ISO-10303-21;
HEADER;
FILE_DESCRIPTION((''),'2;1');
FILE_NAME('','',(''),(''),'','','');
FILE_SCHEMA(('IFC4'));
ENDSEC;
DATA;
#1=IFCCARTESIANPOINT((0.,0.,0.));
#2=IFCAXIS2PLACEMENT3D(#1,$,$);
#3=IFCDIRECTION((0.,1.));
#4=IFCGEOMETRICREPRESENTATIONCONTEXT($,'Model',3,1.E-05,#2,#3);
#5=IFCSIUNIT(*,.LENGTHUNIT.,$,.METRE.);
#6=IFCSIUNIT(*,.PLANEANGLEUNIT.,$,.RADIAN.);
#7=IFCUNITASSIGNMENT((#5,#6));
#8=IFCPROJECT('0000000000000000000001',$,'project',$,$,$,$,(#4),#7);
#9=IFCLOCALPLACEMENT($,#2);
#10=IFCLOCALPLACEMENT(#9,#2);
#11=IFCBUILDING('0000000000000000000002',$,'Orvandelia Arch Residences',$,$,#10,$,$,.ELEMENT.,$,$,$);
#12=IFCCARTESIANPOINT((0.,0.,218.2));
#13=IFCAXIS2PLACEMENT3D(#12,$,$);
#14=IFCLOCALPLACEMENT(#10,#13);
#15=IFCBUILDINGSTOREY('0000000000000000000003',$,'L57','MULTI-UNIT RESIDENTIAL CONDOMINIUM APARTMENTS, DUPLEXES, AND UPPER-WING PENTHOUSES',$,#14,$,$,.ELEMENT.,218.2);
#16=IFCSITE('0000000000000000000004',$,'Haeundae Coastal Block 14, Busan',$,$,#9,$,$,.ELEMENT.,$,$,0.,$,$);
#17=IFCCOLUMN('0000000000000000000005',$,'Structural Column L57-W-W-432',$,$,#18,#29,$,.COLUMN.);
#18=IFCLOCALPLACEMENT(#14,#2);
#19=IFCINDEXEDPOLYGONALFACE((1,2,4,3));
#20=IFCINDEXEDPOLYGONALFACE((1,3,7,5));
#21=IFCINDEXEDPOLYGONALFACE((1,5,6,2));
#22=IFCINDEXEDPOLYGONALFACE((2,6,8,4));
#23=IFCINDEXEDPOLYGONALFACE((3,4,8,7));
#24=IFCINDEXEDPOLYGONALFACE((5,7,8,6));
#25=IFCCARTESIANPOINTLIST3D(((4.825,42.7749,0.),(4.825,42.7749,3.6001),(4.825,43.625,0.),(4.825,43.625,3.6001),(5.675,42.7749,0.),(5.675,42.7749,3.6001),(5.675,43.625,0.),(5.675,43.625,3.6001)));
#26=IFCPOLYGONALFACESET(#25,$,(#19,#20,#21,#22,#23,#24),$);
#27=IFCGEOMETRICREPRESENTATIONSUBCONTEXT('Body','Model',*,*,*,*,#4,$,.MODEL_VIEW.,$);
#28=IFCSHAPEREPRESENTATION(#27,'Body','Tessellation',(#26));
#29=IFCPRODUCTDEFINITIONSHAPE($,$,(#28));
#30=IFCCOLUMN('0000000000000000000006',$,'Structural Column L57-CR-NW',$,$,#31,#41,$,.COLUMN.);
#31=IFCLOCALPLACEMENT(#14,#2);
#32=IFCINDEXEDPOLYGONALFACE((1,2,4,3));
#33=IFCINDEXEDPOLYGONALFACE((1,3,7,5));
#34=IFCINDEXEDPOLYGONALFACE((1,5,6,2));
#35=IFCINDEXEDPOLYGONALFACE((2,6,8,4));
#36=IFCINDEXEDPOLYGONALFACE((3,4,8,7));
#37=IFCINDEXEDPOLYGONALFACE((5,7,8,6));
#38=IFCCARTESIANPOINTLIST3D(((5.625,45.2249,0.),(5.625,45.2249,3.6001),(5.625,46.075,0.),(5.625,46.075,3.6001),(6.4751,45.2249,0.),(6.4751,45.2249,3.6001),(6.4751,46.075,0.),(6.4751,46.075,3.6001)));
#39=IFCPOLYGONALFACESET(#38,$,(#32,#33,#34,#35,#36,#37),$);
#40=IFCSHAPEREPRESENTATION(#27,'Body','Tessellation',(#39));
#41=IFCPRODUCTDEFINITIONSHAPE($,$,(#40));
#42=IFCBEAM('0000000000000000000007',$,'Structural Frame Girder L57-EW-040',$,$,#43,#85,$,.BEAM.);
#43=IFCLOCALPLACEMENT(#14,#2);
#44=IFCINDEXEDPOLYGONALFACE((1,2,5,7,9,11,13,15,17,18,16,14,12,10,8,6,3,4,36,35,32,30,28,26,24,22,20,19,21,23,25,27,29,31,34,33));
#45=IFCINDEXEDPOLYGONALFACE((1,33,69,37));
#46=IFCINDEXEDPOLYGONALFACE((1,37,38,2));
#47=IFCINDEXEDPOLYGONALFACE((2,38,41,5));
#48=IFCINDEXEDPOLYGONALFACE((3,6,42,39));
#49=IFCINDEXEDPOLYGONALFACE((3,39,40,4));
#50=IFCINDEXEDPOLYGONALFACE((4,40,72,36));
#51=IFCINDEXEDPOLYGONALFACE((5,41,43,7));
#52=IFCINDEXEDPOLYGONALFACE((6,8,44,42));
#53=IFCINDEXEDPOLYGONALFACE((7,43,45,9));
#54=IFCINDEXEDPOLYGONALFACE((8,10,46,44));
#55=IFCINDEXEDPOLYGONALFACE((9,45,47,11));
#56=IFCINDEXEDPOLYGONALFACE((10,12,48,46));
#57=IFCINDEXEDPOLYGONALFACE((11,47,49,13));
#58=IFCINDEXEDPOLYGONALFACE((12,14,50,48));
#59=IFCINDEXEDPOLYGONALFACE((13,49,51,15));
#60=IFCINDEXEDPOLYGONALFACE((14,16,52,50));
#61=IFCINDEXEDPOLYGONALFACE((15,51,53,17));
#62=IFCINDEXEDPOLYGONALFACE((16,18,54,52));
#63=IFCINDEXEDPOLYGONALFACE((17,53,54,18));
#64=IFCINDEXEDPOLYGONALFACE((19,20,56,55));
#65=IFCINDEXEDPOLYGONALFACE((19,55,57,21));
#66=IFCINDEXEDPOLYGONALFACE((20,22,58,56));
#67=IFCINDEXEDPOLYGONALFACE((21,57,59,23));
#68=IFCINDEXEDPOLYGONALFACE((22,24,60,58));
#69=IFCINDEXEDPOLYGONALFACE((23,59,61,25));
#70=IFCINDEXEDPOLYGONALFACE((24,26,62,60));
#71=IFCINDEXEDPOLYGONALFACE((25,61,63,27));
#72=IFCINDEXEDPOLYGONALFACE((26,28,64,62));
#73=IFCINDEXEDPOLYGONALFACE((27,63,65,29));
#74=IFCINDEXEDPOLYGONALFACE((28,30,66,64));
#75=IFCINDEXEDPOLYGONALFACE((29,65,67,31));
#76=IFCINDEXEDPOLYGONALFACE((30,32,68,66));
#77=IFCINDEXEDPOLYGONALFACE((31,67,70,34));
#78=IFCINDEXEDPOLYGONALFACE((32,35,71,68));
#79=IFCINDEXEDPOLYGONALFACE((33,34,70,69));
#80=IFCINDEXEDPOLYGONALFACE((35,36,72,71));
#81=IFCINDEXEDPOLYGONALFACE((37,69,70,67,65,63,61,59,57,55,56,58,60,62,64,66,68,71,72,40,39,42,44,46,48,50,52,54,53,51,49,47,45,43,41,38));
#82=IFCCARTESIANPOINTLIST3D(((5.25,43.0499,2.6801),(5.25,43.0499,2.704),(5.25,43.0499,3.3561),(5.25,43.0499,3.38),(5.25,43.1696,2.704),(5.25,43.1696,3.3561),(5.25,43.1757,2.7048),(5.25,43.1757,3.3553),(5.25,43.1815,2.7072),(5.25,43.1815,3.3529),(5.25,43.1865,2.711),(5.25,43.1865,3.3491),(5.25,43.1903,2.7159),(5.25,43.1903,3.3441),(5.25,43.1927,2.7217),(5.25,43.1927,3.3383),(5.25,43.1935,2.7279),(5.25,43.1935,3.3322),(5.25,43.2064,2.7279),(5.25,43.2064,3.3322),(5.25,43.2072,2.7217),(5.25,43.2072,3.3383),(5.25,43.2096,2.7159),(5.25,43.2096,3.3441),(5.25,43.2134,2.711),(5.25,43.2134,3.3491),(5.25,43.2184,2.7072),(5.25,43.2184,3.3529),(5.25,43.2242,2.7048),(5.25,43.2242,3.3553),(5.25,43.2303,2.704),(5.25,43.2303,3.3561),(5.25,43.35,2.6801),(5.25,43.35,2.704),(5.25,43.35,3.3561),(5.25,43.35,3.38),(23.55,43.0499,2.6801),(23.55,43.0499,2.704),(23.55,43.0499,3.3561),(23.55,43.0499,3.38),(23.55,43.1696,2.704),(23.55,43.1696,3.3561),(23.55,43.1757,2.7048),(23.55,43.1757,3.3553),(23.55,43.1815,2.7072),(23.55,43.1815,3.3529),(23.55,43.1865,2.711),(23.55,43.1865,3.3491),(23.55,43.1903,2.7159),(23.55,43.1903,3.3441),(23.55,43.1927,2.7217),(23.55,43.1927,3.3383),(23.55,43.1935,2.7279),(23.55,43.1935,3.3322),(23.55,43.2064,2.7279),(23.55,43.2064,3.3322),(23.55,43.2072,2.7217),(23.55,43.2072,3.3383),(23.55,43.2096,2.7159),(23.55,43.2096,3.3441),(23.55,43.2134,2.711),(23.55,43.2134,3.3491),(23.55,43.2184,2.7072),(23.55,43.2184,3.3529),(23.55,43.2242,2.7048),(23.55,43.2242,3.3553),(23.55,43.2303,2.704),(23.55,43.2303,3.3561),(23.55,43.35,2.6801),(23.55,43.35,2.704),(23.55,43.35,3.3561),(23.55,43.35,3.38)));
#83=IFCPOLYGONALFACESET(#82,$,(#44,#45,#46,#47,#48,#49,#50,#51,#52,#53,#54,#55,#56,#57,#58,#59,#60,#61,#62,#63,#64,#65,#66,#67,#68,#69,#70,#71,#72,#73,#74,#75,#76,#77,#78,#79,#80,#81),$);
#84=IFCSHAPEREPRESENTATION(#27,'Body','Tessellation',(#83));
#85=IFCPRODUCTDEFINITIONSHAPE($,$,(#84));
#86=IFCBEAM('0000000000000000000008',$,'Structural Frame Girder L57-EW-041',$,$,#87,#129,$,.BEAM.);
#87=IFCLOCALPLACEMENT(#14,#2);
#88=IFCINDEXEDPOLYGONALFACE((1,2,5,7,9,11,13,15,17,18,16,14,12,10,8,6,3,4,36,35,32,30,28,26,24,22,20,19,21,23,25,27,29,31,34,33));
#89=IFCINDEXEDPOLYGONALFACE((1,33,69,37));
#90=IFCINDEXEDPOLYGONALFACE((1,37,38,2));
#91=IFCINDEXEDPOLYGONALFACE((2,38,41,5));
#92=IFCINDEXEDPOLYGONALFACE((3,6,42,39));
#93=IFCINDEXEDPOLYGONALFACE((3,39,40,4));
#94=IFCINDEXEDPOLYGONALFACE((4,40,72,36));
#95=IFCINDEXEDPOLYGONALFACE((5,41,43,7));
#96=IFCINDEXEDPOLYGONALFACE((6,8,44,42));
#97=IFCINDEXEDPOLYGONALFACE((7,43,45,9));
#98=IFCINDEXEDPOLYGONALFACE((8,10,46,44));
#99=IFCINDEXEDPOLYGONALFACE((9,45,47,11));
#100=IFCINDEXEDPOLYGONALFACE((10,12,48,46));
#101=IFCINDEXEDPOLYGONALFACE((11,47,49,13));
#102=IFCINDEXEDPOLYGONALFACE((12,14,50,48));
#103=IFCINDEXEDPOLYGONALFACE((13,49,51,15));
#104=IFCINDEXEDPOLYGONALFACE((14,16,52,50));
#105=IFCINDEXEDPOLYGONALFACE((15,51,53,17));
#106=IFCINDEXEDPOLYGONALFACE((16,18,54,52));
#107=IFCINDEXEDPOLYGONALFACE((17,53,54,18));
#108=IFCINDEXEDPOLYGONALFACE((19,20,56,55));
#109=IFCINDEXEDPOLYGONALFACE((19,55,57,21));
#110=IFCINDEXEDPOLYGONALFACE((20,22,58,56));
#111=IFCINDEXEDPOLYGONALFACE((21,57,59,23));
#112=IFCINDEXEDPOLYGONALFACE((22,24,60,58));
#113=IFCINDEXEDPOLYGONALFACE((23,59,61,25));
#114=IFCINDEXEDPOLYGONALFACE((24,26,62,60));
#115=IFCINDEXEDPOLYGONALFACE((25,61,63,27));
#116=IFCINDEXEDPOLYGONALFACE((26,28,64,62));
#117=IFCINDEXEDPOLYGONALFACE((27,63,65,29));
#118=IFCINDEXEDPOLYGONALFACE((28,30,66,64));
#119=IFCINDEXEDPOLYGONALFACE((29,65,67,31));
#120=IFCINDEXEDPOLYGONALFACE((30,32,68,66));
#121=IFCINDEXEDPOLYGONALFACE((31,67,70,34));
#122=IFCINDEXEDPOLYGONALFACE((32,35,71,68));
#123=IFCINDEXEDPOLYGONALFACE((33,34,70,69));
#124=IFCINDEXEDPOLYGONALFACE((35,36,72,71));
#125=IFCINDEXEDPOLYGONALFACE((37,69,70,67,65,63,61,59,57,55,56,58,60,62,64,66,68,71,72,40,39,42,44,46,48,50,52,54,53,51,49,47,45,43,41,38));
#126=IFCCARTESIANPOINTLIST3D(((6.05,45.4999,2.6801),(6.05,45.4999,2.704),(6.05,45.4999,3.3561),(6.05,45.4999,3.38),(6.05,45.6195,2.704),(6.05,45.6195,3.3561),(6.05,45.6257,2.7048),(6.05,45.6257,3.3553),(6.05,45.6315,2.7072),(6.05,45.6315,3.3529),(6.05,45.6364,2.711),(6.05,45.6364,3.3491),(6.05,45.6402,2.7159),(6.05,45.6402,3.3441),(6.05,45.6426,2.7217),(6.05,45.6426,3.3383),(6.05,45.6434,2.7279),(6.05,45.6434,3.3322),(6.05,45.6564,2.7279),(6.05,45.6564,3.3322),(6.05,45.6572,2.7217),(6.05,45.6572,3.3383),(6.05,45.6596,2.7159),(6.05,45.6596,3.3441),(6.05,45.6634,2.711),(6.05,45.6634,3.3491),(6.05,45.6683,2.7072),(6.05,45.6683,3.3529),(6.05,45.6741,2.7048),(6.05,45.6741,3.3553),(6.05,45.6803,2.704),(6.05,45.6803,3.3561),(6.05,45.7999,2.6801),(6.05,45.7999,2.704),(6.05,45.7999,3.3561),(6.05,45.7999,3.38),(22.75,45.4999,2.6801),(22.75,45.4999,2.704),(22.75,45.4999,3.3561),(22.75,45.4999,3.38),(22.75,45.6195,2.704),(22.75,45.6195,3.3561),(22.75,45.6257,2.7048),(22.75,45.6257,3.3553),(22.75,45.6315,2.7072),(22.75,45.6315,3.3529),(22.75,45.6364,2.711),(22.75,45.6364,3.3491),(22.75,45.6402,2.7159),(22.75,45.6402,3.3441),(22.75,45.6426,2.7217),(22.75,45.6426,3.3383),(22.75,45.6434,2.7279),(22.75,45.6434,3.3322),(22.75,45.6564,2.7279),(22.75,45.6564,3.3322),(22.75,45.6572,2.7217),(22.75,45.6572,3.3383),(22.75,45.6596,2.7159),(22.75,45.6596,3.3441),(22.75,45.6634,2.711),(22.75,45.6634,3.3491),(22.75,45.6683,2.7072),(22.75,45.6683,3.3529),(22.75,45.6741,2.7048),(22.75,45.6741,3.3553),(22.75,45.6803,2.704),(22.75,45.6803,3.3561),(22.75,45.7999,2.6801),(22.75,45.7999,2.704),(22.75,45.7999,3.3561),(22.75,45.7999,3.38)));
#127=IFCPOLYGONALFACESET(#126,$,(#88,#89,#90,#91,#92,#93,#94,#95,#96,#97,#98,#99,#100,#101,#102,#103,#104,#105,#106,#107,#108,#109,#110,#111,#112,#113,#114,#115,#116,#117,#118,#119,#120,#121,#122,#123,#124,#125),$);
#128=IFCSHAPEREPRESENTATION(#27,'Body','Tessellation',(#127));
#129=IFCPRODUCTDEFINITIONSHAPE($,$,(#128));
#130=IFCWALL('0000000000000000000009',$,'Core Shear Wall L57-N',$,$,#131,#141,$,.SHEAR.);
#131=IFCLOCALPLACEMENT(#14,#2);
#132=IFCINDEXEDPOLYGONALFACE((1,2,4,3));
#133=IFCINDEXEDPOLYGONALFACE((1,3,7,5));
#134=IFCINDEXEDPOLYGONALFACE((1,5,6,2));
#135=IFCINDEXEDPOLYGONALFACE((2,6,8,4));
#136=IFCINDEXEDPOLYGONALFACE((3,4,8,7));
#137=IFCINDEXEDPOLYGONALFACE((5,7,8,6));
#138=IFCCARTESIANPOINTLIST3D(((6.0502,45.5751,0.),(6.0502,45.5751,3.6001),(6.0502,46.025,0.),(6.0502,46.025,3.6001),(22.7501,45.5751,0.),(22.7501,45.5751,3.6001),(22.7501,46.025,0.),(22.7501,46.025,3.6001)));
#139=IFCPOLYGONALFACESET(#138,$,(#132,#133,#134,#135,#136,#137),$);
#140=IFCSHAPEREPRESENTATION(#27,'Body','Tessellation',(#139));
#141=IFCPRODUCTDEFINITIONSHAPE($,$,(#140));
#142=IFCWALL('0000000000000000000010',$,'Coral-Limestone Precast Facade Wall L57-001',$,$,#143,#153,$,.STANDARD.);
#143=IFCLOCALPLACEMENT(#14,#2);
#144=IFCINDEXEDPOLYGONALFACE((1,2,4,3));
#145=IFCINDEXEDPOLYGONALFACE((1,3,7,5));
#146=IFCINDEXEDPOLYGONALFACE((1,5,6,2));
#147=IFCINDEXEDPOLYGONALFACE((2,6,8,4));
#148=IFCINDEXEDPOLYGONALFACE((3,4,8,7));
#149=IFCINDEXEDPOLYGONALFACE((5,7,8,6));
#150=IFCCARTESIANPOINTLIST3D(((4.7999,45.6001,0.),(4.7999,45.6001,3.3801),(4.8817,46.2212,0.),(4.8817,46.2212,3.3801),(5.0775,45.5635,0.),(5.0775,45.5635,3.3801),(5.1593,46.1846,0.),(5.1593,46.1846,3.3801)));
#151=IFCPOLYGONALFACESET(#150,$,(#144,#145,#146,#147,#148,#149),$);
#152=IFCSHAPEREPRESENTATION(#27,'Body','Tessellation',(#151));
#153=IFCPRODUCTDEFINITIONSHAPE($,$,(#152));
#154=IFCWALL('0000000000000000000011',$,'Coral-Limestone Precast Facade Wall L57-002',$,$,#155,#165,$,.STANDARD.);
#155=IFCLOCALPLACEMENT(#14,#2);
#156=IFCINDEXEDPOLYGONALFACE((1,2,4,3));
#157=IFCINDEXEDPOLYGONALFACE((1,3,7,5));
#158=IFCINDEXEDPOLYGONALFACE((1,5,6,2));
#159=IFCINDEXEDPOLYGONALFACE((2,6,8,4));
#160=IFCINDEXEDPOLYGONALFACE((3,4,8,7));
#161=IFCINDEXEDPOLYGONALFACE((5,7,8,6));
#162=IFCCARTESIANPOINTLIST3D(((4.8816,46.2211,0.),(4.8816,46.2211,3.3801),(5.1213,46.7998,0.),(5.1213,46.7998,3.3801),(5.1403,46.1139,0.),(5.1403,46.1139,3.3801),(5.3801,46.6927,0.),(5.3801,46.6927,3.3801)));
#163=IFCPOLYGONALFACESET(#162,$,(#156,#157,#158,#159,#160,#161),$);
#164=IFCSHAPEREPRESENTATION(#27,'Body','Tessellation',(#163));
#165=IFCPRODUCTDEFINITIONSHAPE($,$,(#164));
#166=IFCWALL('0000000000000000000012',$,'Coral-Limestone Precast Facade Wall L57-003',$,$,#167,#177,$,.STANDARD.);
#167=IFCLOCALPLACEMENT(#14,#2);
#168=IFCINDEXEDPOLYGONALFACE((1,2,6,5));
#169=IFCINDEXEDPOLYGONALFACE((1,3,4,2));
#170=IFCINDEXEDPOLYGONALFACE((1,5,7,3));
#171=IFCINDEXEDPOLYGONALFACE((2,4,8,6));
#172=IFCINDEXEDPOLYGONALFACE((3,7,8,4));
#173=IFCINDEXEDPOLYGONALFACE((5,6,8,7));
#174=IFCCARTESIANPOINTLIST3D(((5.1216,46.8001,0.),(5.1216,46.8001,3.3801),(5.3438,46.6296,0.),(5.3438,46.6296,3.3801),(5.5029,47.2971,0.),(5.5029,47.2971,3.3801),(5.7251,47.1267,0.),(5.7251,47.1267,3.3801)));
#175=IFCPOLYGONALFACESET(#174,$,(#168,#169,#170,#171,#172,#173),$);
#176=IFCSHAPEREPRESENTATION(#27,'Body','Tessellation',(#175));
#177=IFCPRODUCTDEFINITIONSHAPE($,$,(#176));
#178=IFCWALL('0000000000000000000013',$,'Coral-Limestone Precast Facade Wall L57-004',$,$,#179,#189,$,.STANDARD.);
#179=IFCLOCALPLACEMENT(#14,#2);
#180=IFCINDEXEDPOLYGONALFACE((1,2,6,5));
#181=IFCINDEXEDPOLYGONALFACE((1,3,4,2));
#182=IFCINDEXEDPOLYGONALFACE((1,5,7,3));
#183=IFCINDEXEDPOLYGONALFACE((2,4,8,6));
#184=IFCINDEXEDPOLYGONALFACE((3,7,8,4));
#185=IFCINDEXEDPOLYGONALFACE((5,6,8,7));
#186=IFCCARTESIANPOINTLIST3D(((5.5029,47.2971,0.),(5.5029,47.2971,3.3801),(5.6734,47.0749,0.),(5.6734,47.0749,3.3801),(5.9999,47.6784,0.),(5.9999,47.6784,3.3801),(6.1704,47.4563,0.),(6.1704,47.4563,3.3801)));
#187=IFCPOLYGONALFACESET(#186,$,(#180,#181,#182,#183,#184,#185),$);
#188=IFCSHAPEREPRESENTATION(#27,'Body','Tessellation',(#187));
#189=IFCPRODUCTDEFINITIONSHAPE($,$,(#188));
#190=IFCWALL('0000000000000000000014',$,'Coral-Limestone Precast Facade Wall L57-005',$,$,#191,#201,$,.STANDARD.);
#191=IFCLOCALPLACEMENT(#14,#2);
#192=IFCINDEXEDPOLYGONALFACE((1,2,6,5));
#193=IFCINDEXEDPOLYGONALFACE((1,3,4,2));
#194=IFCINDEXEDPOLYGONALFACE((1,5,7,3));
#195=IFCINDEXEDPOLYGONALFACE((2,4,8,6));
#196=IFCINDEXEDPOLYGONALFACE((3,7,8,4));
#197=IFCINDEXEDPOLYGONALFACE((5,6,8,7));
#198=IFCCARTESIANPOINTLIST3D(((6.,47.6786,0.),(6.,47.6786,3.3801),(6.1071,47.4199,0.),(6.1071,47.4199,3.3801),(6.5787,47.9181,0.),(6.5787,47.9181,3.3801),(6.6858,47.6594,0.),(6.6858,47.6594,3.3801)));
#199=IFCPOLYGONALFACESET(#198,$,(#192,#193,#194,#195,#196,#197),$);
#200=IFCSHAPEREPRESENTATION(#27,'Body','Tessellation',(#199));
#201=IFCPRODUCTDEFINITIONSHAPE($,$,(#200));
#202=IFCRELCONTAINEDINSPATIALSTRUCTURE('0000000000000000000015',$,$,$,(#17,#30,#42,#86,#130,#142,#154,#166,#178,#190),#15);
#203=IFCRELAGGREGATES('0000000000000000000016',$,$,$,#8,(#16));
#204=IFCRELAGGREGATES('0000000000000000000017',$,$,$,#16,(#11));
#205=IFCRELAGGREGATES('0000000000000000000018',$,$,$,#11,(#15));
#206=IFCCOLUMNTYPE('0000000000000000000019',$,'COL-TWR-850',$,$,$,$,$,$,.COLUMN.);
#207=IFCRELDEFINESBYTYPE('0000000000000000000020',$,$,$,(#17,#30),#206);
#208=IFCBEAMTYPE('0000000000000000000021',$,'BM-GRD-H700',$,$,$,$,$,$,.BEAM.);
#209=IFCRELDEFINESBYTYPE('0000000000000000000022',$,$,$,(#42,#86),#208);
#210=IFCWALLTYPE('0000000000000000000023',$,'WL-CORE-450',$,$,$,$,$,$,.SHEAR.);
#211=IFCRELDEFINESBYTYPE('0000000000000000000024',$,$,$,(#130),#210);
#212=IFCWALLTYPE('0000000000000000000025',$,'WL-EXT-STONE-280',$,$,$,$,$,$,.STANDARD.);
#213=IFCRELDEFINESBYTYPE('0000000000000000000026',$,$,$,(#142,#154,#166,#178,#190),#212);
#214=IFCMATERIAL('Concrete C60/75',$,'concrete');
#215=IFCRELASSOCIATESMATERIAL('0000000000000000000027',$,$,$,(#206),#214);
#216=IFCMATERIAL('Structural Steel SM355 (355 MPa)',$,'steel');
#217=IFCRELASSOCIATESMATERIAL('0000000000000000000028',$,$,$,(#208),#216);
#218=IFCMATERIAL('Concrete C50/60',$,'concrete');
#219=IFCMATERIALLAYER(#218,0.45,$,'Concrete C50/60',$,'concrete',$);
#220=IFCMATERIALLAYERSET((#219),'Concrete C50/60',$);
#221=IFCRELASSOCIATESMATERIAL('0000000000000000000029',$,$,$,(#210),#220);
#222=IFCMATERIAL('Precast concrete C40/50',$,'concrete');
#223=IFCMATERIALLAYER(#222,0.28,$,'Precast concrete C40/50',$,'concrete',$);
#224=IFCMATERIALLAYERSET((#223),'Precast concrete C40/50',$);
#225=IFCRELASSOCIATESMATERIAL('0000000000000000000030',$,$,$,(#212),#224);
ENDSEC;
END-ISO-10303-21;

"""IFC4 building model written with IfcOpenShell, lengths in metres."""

from ifc_helpers import new_model, si_unit, direction, frame, frame_2d, origin, origin_2d, place, context, subcontext, project, spatial, rectangle, i_section, extrude, material, layer, layer_set, material_profile, profile_set, type_object, element, save


model = new_model("IFC4")

# Units and contexts
model_context = context("Model", 3, precision=1e-05, world=origin(), true_north=direction((0.0, 1.0)))
body_context = subcontext(model_context, "Body", "Model", "MODEL_VIEW")
ifc_project = project(units=[si_unit("LENGTHUNIT", "METRE"), si_unit("PLANEANGLEUNIT", "RADIAN")], contexts=[model_context])

# Site, building, storey
site_placement = place(None, origin())
site = spatial("IfcSite", under=ifc_project, at=site_placement, Name="Haeundae Coastal Block 14, Busan", CompositionType="ELEMENT", RefElevation=0.0)
building_placement = place(site_placement, origin())
building = spatial("IfcBuilding", under=site, at=building_placement, Name="Orvandelia Arch Residences", CompositionType="ELEMENT")
storey_placement = place(building_placement, frame((0.0, 0.0, 218.2)))
storey = spatial("IfcBuildingStorey", under=building, at=storey_placement, Name="L57", Description="MULTI-UNIT RESIDENTIAL CONDOMINIUM APARTMENTS, DUPLEXES, AND UPPER-WING PENTHOUSES", CompositionType="ELEMENT", Elevation=218.2)

# Columns
ifc_material_1 = material(Name="Concrete C60/75", Category="concrete")
ifc_material_profile_1 = material_profile(ifc_material_1, rectangle(XDim=0.8501, YDim=0.8501, at=origin_2d()), Name="Concrete C60/75", Category="concrete")
ifc_profile_set_1 = profile_set([ifc_material_profile_1], Name="Concrete C60/75")
column_type = type_object("IfcColumnType", Name="COL-TWR-850", PredefinedType="COLUMN", material=ifc_profile_set_1)
for number, where, z_axis, x_axis, name in (
    (1, (5.25, 43.2, 0.0), (0.0, 0.0, 1.0), (1.0, 0.0, 0.0), "Structural Column L57-W-W-432"),
    (2, (6.05, 45.6499, 0.0), (0.0, 0.0, 1.0), (1.0, 0.0, 0.0), "Structural Column L57-CR-NW"),
):
    element("IfcColumn", number, at=place(storey_placement, frame(where, z_axis=z_axis, x_axis=x_axis)), inside=storey, type_object=column_type, Name=name, PredefinedType="COLUMN", context=body_context, shape_type="SweptSolid", body=[
        extrude(rectangle(XDim=0.8501, YDim=0.8501, at=origin_2d()), origin(), (0.0, 0.0, 1.0), 3.6001),
    ])

# Beams
ifc_material_2 = material(Name="Structural Steel SM355 (355 MPa)", Category="steel")
ifc_material_profile_2 = material_profile(ifc_material_2, i_section(OverallWidth=0.3, OverallDepth=0.7, WebThickness=0.0129, FlangeThickness=0.0239, FilletRadius=0.0239, at=origin_2d()), Name="Structural Steel SM355 (355 MPa)", Category="steel")
ifc_profile_set_2 = profile_set([ifc_material_profile_2], Name="Structural Steel SM355 (355 MPa)")
beam_type = type_object("IfcBeamType", Name="BM-GRD-H700", PredefinedType="BEAM", material=ifc_profile_set_2)
beam_1_placement = place(storey_placement, frame((5.25, 43.2, 3.03), z_axis=(1.0, 0.0, 0.0), x_axis=(0.0, 1.0, 0.0)))
element("IfcBeam", 3, at=beam_1_placement, inside=storey, type_object=beam_type, Name="Structural Frame Girder L57-EW-040", PredefinedType="BEAM", context=body_context, shape_type="SweptSolid", body=[
    extrude(i_section(OverallWidth=0.3, OverallDepth=0.7, WebThickness=0.0129, FlangeThickness=0.0239, FilletRadius=0.0239, at=origin_2d()), origin(), (0.0, 0.0, 1.0), 18.3),
])
beam_2_placement = place(storey_placement, frame((6.05, 45.6499, 3.03), z_axis=(1.0, 0.0, 0.0), x_axis=(0.0, 1.0, 0.0)))
element("IfcBeam", 4, at=beam_2_placement, inside=storey, type_object=beam_type, Name="Structural Frame Girder L57-EW-041", PredefinedType="BEAM", context=body_context, shape_type="SweptSolid", body=[
    extrude(i_section(OverallWidth=0.3, OverallDepth=0.7, WebThickness=0.0129, FlangeThickness=0.0239, FilletRadius=0.0239, at=origin_2d()), origin(), (0.0, 0.0, 1.0), 16.7),
])

# Walls
ifc_material_3 = material(Name="Concrete C50/60", Category="concrete")
ifc_layer_1 = layer(ifc_material_3, 0.45, Name="Concrete C50/60", Category="concrete")
ifc_layer_set_1 = layer_set([ifc_layer_1], Name="Concrete C50/60")
wall_type_1 = type_object("IfcWallType", Name="WL-CORE-450", PredefinedType="SHEAR", material=ifc_layer_set_1)
wall_1_placement = place(storey_placement, frame((6.05, 45.8, 0.0), z_axis=(0.0, 0.0, 1.0), x_axis=(1.0, 0.0, 0.0)))
element("IfcWall", 5, at=wall_1_placement, inside=storey, type_object=wall_type_1, Name="Core Shear Wall L57-N", PredefinedType="SHEAR", context=body_context, shape_type="SweptSolid", body=[
    extrude(rectangle(XDim=16.7, YDim=0.45, at=frame_2d((8.3501, 0.0))), origin(), (0.0, 0.0, 1.0), 3.6001),
])
ifc_material_4 = material(Name="Precast concrete C40/50", Category="concrete")
ifc_layer_2 = layer(ifc_material_4, 0.28, Name="Precast concrete C40/50", Category="concrete")
ifc_layer_set_2 = layer_set([ifc_layer_2], Name="Precast concrete C40/50")
wall_type_2 = type_object("IfcWallType", Name="WL-EXT-STONE-280", PredefinedType="STANDARD", material=ifc_layer_set_2)
for number, where, z_axis, x_axis, name in (
    (6, (4.9387, 45.5818, 0.0), (0.0, 0.0, 1.0), (0.130555, 0.991441, 0.0), "Coral-Limestone Precast Facade Wall L57-001"),
    (7, (5.011, 46.1675, 0.0), (0.0, 0.0, 1.0), (0.38265, 0.923893, 0.0), "Coral-Limestone Precast Facade Wall L57-002"),
    (8, (5.2327, 46.7148, 0.0), (0.0, 0.0, 1.0), (0.608693, 0.793406, 0.0), "Coral-Limestone Precast Facade Wall L57-003"),
    (9, (5.5881, 47.186, 0.0), (0.0, 0.0, 1.0), (0.793406, 0.608693, 0.0), "Coral-Limestone Precast Facade Wall L57-004"),
):
    element("IfcWall", number, at=place(storey_placement, frame(where, z_axis=z_axis, x_axis=x_axis)), inside=storey, type_object=wall_type_2, Name=name, PredefinedType="STANDARD", context=body_context, shape_type="SweptSolid", body=[
        extrude(rectangle(XDim=0.6265, YDim=0.28, at=frame_2d((0.3132, 0.0))), origin(), (0.0, 0.0, 1.0), 3.3801),
    ])
wall_2_placement = place(storey_placement, frame((6.0537, 47.5493, 0.0), z_axis=(0.0, 0.0, 1.0), x_axis=(0.923974, 0.382455, 0.0)))
element("IfcWall", 10, at=wall_2_placement, inside=storey, type_object=wall_type_2, Name="Coral-Limestone Precast Facade Wall L57-005", PredefinedType="STANDARD", context=body_context, shape_type="SweptSolid", body=[
    extrude(rectangle(XDim=0.6262, YDim=0.28, at=frame_2d((0.313, 0.0))), origin(), (0.0, 0.0, 1.0), 3.3801),
])

save(model, "model.ifc")
